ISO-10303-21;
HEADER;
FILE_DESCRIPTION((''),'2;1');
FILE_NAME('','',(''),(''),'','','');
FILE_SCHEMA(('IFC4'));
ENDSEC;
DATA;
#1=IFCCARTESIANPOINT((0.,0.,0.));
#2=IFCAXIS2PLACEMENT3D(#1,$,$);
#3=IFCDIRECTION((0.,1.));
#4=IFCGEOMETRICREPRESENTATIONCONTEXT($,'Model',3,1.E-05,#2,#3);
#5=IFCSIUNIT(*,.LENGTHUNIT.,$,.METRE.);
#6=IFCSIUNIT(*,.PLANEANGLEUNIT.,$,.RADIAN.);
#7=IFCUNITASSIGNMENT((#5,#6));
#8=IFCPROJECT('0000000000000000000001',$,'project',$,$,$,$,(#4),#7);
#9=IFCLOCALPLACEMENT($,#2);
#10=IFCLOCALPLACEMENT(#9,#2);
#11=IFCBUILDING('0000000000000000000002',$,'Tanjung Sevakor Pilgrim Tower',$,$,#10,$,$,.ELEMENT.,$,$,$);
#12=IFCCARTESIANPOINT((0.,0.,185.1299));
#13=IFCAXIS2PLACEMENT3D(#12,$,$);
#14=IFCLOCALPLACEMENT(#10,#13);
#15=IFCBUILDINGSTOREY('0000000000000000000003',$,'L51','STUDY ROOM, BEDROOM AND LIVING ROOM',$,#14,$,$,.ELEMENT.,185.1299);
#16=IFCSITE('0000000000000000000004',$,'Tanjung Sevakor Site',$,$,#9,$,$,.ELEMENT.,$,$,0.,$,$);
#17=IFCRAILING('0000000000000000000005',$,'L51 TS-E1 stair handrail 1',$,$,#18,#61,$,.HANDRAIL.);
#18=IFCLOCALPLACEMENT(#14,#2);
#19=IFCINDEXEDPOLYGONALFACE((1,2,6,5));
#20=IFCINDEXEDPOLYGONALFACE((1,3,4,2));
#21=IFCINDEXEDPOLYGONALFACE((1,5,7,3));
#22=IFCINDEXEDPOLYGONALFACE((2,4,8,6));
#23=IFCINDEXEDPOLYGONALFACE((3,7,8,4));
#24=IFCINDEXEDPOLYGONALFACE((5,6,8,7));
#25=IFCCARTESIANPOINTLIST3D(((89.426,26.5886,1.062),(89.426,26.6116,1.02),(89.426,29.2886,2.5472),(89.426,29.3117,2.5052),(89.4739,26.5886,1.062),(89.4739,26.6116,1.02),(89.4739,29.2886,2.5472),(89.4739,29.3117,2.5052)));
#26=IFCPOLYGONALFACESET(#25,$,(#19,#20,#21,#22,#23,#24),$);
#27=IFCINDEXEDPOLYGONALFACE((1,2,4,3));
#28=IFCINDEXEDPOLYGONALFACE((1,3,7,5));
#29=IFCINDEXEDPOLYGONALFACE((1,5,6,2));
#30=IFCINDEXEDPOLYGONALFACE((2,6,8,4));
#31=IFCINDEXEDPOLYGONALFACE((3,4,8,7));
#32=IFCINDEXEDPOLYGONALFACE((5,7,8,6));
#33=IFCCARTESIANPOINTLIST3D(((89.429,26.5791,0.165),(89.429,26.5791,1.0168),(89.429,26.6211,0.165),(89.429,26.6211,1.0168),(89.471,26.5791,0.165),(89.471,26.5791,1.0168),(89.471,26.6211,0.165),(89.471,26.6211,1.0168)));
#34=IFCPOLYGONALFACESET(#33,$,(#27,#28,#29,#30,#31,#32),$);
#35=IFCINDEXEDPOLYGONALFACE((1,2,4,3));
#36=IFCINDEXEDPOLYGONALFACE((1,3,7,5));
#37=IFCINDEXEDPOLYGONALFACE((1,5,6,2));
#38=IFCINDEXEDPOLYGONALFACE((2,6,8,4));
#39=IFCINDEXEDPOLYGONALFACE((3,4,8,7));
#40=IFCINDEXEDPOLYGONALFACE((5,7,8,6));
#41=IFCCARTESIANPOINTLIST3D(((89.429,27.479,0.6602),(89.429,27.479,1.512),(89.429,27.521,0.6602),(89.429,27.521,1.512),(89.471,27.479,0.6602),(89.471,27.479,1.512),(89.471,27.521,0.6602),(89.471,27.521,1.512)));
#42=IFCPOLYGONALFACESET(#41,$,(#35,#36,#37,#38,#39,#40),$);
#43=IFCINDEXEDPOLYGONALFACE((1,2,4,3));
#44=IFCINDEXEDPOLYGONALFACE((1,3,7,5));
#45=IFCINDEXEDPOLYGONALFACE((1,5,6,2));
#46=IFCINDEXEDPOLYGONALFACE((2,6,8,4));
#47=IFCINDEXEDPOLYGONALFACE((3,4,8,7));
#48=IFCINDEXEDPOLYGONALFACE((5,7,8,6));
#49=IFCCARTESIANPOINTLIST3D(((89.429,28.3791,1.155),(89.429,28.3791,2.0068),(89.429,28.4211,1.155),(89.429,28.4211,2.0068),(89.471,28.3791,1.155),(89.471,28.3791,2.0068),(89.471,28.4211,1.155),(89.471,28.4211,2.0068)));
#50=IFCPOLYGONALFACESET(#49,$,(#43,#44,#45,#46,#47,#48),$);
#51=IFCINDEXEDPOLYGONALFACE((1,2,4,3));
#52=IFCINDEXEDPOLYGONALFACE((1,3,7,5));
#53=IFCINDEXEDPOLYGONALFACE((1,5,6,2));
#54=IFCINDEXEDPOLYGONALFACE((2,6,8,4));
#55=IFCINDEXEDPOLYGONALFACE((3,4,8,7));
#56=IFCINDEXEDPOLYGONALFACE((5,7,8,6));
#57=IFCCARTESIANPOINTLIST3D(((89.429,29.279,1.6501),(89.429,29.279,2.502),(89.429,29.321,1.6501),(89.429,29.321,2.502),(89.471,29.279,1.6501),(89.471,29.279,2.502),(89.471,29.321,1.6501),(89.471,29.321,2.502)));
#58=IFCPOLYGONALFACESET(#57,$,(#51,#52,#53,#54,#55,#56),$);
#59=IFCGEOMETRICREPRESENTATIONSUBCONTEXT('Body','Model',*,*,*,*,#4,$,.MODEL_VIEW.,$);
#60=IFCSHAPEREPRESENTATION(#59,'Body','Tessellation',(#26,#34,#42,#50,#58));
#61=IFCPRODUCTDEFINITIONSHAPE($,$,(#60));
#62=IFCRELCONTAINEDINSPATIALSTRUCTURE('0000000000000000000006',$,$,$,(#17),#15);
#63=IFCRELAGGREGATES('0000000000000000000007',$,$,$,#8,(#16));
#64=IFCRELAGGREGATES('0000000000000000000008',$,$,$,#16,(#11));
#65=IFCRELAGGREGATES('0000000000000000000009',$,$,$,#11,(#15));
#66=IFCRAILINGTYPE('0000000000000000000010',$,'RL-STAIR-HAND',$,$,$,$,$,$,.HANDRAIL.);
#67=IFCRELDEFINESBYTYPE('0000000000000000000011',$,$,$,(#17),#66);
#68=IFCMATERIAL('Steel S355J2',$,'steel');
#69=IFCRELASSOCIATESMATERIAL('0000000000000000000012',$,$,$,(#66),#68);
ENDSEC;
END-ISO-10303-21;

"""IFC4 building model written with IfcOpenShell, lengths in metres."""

from ifc_helpers import new_model, si_unit, direction, frame, origin, place, context, subcontext, project, spatial, rectangle, extrude, material, type_object, element, save


model = new_model("IFC4")

# Units and contexts
model_context = context("Model", 3, precision=1e-05, world=origin(), true_north=direction((0.0, 1.0)))
body_context = subcontext(model_context, "Body", "Model", "MODEL_VIEW")
ifc_project = project(units=[si_unit("LENGTHUNIT", "METRE"), si_unit("PLANEANGLEUNIT", "RADIAN")], contexts=[model_context])

# Site, building, storey
site_placement = place(None, origin())
site = spatial("IfcSite", under=ifc_project, at=site_placement, Name="Tanjung Sevakor Site", CompositionType="ELEMENT", RefElevation=0.0)
building_placement = place(site_placement, origin())
building = spatial("IfcBuilding", under=site, at=building_placement, Name="Tanjung Sevakor Pilgrim Tower", CompositionType="ELEMENT")
storey_placement = place(building_placement, frame((0.0, 0.0, 185.1299)))
storey = spatial("IfcBuildingStorey", under=building, at=storey_placement, Name="L51", Description="STUDY ROOM, BEDROOM AND LIVING ROOM", CompositionType="ELEMENT", Elevation=185.1299)

# Railing
ifc_material_1 = material(Name="Steel S355J2", Category="steel")
railing_type = type_object("IfcRailingType", Name="RL-STAIR-HAND", PredefinedType="HANDRAIL", material=ifc_material_1)
railing_placement = place(storey_placement, frame((89.45, 26.6001, 0.165)))
element("IfcRailing", 1, at=railing_placement, inside=storey, type_object=railing_type, Name="L51 TS-E1 stair handrail 1", PredefinedType="HANDRAIL", context=body_context, shape_type="SweptSolid", body=[
    extrude(rectangle(XDim=0.0479, YDim=0.0479), frame((0.0, 0.0, 0.876), z_axis=(0.0, 0.876198, 0.481952), x_axis=(-1.0, 0.0, 0.0)), (0.0, 0.0, 1.0), 3.0815),
    extrude(rectangle(XDim=0.042, YDim=0.042), origin(), (0.0, 0.0, 1.0), 0.8518),
    extrude(rectangle(XDim=0.042, YDim=0.042), frame((0.0, 0.8999, 0.4951)), (0.0, 0.0, 1.0), 0.8518),
    extrude(rectangle(XDim=0.042, YDim=0.042), frame((0.0, 1.8, 0.99)), (0.0, 0.0, 1.0), 0.8518),
    extrude(rectangle(XDim=0.042, YDim=0.042), frame((0.0, 2.7, 1.4851)), (0.0, 0.0, 1.0), 0.8518),
])

save(model, "model.ifc")
